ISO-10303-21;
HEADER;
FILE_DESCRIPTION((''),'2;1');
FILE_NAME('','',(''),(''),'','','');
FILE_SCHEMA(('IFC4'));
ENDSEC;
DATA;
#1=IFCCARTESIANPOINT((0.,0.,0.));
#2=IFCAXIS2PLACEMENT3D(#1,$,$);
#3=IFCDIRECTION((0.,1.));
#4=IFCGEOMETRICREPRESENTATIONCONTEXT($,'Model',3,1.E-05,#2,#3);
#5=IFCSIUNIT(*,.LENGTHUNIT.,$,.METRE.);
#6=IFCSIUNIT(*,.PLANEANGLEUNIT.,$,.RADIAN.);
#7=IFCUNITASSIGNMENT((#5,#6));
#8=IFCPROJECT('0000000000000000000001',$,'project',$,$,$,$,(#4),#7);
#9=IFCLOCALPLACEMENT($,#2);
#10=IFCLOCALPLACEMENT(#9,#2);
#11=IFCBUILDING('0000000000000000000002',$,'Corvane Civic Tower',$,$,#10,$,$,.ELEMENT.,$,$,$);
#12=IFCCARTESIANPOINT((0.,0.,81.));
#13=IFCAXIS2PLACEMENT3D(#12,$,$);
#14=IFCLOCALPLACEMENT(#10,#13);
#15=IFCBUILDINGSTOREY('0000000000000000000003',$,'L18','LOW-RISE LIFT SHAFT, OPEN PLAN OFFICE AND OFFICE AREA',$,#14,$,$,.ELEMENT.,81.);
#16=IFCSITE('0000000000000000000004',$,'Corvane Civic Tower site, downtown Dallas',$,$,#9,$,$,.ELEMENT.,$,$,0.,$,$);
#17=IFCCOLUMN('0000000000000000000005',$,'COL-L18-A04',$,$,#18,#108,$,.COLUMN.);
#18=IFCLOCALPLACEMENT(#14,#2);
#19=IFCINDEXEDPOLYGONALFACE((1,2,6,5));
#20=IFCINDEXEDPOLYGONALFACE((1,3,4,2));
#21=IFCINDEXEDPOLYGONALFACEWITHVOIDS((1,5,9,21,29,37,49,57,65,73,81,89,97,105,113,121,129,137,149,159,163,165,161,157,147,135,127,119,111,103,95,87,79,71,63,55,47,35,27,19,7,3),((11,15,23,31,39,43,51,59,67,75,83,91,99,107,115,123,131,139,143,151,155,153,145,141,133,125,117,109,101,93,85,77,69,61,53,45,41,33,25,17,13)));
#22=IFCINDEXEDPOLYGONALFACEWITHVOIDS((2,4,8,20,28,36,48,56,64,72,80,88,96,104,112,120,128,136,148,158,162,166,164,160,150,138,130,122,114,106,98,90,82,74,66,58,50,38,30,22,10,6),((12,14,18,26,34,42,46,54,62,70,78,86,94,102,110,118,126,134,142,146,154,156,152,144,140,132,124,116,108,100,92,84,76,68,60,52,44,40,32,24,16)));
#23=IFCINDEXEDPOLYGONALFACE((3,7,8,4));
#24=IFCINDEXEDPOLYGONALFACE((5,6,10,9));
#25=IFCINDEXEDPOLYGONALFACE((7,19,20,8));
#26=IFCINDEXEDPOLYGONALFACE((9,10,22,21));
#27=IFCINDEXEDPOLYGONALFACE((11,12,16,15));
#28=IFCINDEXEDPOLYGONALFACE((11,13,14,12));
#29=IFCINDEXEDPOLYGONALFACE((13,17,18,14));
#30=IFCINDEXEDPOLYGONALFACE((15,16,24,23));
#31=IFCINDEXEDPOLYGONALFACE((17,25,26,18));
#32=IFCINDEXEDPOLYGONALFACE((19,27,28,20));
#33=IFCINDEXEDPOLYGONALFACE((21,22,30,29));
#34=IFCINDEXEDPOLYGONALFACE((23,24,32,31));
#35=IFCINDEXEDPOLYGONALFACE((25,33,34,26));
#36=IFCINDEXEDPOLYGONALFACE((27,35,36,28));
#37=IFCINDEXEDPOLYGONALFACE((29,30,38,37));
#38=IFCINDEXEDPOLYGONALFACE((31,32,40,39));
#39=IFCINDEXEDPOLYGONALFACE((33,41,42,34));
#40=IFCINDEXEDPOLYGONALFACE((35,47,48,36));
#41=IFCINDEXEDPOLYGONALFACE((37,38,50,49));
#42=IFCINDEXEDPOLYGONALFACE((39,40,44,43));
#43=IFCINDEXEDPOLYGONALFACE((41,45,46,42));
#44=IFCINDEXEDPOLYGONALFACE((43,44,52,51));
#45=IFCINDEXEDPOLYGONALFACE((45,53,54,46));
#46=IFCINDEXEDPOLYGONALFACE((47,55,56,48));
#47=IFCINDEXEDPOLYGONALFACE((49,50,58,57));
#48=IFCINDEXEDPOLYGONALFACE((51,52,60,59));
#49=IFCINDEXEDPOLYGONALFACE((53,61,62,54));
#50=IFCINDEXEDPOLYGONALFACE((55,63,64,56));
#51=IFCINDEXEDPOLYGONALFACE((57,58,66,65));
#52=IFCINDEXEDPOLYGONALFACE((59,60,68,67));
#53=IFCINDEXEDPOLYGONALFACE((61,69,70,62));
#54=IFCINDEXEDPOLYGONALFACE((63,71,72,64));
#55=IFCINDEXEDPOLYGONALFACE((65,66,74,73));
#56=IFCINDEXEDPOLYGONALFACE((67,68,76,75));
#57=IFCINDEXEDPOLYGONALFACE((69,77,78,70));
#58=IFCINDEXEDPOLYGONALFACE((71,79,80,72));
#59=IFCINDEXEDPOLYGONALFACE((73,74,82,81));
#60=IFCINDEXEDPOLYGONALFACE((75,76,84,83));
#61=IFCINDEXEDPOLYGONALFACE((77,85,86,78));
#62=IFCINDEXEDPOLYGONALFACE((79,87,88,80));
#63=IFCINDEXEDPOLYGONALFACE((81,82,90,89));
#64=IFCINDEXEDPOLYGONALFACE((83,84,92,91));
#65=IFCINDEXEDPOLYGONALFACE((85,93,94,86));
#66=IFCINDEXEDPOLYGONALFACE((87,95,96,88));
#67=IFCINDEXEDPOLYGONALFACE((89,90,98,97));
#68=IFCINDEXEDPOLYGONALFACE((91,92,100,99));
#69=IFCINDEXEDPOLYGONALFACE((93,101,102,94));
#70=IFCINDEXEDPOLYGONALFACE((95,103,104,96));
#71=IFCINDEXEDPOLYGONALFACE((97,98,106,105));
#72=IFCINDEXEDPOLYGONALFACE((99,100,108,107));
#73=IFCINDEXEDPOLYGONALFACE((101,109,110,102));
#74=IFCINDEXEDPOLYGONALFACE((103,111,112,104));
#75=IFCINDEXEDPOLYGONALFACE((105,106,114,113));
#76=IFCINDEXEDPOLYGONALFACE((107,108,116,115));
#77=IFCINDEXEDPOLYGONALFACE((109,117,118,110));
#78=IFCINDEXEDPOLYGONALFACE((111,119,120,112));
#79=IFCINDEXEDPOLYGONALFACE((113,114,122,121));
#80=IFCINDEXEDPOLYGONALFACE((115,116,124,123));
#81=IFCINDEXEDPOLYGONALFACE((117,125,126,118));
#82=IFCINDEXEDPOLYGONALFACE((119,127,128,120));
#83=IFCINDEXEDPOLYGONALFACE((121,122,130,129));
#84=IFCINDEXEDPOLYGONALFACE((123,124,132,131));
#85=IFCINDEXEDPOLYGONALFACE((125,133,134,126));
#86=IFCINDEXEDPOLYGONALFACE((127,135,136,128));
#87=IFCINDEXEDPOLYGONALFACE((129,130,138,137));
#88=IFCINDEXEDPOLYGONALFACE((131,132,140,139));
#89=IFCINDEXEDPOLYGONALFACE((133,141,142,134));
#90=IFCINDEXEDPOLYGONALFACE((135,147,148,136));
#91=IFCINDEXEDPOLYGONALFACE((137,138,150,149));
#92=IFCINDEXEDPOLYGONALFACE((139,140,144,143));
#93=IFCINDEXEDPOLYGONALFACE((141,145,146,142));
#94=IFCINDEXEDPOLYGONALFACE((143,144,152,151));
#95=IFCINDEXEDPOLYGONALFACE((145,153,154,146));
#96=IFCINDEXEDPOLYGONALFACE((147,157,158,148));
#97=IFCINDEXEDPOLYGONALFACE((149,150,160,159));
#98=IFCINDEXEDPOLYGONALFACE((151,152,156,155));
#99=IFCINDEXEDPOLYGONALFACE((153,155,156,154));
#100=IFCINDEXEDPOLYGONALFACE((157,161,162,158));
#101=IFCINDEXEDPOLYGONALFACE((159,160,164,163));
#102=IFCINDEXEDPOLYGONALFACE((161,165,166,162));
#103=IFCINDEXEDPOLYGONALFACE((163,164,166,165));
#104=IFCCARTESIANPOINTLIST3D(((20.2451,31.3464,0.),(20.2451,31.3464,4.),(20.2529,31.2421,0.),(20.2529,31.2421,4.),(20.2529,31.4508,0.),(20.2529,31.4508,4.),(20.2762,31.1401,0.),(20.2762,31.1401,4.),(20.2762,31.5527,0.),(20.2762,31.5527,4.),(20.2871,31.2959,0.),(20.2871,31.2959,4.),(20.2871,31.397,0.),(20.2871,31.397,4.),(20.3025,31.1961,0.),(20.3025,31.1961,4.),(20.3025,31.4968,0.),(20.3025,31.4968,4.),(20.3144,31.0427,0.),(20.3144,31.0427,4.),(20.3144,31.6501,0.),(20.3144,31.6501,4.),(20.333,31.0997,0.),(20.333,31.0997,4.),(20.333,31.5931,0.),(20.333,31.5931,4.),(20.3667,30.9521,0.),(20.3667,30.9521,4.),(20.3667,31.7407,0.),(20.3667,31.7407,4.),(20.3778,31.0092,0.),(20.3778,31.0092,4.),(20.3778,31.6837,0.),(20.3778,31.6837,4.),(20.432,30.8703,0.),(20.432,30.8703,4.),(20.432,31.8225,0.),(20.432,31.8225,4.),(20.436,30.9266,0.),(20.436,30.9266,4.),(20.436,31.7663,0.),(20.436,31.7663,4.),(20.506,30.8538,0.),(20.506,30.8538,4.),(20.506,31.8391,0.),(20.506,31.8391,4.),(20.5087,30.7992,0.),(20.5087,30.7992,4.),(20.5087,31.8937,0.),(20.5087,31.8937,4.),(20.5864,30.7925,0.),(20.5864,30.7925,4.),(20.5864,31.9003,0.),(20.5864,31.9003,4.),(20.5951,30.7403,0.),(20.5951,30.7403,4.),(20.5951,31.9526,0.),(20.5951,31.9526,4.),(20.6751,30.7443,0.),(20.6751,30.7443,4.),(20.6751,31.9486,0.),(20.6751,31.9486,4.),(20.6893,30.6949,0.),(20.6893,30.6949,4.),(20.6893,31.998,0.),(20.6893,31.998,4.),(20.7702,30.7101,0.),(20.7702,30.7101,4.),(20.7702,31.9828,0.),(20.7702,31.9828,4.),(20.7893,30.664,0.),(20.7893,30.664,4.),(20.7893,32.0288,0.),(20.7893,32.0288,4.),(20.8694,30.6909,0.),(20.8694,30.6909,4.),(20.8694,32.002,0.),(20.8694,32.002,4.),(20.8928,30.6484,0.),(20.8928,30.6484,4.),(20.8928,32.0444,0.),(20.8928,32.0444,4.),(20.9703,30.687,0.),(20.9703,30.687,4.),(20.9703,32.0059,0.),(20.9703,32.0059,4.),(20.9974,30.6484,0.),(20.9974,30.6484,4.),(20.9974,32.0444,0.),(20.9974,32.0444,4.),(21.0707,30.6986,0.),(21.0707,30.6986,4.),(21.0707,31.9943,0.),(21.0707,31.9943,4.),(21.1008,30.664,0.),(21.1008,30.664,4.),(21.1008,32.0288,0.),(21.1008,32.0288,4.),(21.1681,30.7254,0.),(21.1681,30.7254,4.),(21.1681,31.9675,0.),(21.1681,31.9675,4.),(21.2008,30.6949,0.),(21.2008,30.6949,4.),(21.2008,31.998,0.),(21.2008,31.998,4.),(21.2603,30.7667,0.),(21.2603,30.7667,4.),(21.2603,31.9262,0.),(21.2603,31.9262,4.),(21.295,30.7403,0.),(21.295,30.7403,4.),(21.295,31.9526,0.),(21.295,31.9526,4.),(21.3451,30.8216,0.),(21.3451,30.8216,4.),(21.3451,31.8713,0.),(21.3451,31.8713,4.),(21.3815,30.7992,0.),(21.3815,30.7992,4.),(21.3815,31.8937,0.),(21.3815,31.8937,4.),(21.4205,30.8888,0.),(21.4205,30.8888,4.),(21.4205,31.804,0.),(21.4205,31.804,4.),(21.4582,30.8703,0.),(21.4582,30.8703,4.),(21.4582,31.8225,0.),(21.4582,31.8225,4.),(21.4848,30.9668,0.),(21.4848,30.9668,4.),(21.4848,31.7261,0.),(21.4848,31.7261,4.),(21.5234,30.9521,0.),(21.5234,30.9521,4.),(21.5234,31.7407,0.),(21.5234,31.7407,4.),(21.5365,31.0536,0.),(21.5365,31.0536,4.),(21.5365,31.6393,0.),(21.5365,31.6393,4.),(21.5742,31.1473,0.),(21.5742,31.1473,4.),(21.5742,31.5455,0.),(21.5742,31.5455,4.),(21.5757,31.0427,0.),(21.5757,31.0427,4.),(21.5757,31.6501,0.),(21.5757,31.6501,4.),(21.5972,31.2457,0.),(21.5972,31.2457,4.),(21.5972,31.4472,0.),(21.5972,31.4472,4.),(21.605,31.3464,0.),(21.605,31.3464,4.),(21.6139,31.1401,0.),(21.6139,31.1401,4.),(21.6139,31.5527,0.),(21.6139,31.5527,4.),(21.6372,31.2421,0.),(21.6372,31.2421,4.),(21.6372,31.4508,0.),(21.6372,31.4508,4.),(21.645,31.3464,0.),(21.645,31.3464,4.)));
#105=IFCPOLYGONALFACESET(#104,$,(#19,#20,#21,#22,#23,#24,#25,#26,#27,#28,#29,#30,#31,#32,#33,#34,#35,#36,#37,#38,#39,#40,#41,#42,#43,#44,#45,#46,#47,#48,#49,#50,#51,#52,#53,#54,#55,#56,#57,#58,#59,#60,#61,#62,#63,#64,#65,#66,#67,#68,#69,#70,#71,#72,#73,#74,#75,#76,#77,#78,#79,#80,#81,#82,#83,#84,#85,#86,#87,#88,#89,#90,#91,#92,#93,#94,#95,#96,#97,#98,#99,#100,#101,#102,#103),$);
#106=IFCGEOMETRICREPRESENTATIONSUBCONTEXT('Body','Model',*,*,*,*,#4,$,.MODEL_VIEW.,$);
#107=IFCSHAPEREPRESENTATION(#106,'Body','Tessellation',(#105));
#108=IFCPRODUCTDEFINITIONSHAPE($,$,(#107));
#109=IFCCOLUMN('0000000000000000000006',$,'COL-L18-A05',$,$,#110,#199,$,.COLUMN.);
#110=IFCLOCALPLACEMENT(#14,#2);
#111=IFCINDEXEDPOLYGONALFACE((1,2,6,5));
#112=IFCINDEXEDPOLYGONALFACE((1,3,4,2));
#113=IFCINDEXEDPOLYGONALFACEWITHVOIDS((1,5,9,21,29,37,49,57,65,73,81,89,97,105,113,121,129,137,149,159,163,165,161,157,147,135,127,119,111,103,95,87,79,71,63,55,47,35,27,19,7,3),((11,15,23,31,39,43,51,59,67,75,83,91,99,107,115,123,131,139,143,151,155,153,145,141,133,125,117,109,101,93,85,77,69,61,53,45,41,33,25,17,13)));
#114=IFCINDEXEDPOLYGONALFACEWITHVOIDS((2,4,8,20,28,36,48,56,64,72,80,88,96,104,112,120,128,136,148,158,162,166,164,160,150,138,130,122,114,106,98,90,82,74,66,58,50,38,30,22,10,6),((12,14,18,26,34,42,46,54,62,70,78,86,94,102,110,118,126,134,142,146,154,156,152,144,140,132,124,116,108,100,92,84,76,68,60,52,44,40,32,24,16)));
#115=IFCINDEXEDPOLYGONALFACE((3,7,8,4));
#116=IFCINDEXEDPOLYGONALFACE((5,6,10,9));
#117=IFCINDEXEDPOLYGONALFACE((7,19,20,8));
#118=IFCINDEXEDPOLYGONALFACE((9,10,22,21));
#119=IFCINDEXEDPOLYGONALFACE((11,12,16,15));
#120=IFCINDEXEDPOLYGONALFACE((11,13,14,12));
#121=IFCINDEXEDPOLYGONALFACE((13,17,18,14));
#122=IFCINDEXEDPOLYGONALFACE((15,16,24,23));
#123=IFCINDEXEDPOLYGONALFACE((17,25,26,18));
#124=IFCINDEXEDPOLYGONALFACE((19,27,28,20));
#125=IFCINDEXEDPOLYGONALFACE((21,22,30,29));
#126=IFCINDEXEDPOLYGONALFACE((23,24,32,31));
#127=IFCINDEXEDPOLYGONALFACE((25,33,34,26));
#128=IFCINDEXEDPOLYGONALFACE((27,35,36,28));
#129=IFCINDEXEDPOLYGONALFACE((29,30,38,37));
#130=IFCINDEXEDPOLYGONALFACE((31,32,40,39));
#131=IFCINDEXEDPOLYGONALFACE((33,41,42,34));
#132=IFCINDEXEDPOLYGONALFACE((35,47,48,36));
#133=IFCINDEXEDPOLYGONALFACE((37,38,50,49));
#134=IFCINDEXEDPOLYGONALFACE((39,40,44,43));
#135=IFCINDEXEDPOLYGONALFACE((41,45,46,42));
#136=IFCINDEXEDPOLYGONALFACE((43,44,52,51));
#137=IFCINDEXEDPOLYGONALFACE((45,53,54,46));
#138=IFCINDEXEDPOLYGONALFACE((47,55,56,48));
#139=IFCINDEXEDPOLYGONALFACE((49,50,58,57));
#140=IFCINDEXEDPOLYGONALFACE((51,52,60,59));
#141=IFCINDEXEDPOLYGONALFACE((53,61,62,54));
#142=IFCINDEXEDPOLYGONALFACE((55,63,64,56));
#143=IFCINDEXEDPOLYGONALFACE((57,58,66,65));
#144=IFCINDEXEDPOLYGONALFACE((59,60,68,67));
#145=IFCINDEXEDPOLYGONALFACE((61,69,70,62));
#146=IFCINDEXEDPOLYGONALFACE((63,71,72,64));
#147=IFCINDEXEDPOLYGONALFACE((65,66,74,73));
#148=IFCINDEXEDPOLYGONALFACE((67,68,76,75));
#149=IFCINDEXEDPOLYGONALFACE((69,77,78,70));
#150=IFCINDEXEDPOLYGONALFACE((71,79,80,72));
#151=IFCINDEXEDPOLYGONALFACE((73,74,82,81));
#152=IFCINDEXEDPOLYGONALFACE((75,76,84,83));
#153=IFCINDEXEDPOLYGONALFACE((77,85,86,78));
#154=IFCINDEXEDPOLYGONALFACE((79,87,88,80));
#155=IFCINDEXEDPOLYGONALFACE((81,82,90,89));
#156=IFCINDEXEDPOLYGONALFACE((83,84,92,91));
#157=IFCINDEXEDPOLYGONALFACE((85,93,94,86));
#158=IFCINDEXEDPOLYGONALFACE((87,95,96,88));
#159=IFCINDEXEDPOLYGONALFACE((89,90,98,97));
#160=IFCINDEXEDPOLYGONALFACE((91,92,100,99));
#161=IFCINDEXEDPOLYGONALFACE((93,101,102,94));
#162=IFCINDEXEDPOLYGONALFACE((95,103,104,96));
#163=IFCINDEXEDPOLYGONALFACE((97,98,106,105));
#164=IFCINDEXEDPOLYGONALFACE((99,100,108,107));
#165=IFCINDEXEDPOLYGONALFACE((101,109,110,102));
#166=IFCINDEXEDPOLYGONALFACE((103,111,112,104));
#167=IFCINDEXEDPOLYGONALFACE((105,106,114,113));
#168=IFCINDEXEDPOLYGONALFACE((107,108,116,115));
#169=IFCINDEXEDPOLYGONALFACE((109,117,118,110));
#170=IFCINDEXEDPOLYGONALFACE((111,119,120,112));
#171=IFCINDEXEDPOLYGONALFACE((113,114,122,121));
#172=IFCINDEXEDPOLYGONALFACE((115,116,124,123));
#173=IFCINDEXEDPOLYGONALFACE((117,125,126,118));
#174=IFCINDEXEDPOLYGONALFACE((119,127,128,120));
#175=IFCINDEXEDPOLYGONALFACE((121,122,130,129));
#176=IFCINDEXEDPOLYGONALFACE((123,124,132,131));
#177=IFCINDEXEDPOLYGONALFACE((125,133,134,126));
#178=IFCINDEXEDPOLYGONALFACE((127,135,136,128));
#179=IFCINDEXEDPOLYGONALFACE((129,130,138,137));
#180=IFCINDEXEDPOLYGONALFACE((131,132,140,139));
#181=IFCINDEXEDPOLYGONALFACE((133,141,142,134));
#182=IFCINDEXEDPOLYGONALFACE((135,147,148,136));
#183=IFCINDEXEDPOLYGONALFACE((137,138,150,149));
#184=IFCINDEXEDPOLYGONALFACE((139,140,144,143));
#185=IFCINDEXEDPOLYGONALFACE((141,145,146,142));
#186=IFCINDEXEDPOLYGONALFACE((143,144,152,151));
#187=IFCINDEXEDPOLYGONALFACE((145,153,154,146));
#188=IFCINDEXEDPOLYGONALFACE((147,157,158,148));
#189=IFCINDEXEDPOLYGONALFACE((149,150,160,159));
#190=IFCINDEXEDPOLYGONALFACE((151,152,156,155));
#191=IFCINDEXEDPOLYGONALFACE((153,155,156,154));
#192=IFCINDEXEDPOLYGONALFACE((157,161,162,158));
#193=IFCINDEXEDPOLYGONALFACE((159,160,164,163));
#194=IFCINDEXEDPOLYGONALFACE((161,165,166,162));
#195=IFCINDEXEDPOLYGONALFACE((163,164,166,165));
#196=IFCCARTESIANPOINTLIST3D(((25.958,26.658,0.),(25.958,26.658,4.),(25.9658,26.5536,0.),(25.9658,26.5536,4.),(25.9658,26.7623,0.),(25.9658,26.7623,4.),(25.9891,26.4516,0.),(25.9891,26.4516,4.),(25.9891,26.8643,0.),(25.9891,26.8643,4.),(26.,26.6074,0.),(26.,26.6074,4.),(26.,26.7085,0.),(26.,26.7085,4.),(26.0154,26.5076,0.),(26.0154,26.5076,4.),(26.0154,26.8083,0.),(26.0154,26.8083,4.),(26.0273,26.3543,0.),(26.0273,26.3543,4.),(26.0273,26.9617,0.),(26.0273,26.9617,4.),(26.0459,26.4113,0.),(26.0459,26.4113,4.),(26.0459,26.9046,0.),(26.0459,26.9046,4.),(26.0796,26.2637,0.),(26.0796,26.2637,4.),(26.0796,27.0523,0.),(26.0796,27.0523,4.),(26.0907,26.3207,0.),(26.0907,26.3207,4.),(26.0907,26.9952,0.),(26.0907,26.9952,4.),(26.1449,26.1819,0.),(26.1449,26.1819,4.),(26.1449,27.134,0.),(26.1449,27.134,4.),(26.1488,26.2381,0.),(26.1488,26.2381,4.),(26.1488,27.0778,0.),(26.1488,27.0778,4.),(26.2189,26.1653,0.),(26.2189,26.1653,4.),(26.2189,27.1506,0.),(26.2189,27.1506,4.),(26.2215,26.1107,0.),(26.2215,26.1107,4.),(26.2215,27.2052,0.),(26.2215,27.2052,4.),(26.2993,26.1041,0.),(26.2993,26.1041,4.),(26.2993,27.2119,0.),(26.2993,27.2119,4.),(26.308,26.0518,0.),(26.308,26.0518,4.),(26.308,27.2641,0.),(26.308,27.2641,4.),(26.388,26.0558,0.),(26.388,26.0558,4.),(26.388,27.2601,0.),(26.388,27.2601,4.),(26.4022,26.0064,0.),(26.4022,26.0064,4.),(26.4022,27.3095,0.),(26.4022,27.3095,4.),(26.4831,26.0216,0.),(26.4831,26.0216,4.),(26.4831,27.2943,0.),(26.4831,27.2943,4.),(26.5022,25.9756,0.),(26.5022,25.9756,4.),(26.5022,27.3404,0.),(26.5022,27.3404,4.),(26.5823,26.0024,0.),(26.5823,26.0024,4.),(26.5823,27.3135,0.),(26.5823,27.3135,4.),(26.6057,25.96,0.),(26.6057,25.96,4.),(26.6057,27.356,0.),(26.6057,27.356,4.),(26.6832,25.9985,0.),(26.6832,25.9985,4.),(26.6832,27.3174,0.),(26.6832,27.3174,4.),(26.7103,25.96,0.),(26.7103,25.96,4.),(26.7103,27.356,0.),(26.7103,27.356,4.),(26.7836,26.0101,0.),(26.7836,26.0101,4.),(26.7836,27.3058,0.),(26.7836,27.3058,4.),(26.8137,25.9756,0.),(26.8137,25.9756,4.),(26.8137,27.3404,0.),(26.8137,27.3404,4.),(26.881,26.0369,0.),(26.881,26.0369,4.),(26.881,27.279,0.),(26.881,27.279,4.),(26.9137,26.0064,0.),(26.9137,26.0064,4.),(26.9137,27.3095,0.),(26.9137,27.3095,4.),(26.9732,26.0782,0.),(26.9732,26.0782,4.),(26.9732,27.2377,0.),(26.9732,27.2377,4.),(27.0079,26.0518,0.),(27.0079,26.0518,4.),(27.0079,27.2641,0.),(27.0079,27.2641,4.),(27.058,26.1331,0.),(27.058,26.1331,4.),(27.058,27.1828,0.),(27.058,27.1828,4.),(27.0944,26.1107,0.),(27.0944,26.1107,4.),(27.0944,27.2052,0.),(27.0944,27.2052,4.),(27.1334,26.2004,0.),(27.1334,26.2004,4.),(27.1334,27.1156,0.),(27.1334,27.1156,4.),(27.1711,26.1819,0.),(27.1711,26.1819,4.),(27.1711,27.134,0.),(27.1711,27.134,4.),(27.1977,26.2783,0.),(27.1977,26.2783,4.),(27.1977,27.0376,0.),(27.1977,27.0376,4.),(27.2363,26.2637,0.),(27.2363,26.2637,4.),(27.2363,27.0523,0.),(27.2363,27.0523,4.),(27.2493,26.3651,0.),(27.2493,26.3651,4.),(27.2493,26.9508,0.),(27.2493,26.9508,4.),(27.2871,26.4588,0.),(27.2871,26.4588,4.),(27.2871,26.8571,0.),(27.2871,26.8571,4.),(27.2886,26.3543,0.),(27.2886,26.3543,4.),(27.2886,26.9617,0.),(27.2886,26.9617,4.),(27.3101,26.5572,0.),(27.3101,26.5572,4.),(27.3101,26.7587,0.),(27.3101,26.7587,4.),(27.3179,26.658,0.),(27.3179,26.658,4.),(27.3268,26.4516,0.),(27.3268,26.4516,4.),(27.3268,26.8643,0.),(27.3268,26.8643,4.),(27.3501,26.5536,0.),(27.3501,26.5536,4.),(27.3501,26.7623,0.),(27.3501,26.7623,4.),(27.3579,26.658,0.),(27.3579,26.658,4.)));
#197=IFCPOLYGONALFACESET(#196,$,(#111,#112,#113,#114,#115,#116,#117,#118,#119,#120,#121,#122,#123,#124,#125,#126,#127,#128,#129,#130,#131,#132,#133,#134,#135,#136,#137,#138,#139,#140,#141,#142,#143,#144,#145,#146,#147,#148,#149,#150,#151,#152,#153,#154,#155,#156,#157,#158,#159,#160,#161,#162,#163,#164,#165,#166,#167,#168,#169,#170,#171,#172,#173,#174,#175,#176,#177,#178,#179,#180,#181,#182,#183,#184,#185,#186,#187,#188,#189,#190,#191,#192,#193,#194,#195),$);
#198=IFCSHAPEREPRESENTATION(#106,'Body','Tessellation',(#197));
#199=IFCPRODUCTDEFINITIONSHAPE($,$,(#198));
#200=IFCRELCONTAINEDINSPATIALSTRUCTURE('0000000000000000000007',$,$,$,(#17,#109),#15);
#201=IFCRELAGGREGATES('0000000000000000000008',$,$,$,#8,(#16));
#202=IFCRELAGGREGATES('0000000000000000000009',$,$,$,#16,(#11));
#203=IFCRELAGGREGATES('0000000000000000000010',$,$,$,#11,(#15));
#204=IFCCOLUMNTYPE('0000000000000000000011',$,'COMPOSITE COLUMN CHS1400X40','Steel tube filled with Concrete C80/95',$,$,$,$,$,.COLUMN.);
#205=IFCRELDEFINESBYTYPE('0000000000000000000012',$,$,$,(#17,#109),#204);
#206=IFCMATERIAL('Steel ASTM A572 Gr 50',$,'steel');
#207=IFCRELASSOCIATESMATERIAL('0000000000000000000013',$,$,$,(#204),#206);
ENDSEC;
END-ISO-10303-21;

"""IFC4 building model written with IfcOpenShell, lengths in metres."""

from ifc_helpers import new_model, si_unit, direction, frame, origin, origin_2d, place, context, subcontext, project, spatial, hollow_circle, extrude, material, material_profile, profile_set, type_object, element, save


model = new_model("IFC4")

# Units and contexts
model_context = context("Model", 3, precision=1e-05, world=origin(), true_north=direction((0.0, 1.0)))
body_context = subcontext(model_context, "Body", "Model", "MODEL_VIEW")
ifc_project = project(units=[si_unit("LENGTHUNIT", "METRE"), si_unit("PLANEANGLEUNIT", "RADIAN")], contexts=[model_context])

# Site, building, storey
site_placement = place(None, origin())
site = spatial("IfcSite", under=ifc_project, at=site_placement, Name="Corvane Civic Tower site, downtown Dallas", CompositionType="ELEMENT", RefElevation=0.0)
building_placement = place(site_placement, origin())
building = spatial("IfcBuilding", under=site, at=building_placement, Name="Corvane Civic Tower", CompositionType="ELEMENT")
storey_placement = place(building_placement, frame((0.0, 0.0, 81.0)))
storey = spatial("IfcBuildingStorey", under=building, at=storey_placement, Name="L18", Description="LOW-RISE LIFT SHAFT, OPEN PLAN OFFICE AND OFFICE AREA", CompositionType="ELEMENT", Elevation=81.0)

# Columns
ifc_material_1 = material(Name="Steel ASTM A572 Gr 50", Category="steel")
ifc_material_profile_1 = material_profile(ifc_material_1, hollow_circle(Radius=0.7, WallThickness=0.04, at=origin_2d()), Name="CHS1400X40")
ifc_profile_set_1 = profile_set([ifc_material_profile_1], Name="Steel ASTM A572 Gr 50")
column_type = type_object("IfcColumnType", Name="COMPOSITE COLUMN CHS1400X40", Description="Steel tube filled with Concrete C80/95", PredefinedType="COLUMN", material=ifc_profile_set_1)
for number, where, z_axis, x_axis, name in (
    (1, (20.9451, 31.3464, 0.0), (0.0, 0.0, 1.0), (1.0, 0.0, 0.0), "COL-L18-A04"),
    (2, (26.658, 26.658, 0.0), (0.0, 0.0, 1.0), (1.0, 0.0, 0.0), "COL-L18-A05"),
):
    element("IfcColumn", number, at=place(storey_placement, frame(where, z_axis=z_axis, x_axis=x_axis)), inside=storey, type_object=column_type, Name=name, PredefinedType="COLUMN", context=body_context, shape_type="SweptSolid", body=[
        extrude(hollow_circle(Radius=0.7, WallThickness=0.04, at=origin_2d()), origin(), (0.0, 0.0, 1.0), 4.0),
    ])

save(model, "model.ifc")
